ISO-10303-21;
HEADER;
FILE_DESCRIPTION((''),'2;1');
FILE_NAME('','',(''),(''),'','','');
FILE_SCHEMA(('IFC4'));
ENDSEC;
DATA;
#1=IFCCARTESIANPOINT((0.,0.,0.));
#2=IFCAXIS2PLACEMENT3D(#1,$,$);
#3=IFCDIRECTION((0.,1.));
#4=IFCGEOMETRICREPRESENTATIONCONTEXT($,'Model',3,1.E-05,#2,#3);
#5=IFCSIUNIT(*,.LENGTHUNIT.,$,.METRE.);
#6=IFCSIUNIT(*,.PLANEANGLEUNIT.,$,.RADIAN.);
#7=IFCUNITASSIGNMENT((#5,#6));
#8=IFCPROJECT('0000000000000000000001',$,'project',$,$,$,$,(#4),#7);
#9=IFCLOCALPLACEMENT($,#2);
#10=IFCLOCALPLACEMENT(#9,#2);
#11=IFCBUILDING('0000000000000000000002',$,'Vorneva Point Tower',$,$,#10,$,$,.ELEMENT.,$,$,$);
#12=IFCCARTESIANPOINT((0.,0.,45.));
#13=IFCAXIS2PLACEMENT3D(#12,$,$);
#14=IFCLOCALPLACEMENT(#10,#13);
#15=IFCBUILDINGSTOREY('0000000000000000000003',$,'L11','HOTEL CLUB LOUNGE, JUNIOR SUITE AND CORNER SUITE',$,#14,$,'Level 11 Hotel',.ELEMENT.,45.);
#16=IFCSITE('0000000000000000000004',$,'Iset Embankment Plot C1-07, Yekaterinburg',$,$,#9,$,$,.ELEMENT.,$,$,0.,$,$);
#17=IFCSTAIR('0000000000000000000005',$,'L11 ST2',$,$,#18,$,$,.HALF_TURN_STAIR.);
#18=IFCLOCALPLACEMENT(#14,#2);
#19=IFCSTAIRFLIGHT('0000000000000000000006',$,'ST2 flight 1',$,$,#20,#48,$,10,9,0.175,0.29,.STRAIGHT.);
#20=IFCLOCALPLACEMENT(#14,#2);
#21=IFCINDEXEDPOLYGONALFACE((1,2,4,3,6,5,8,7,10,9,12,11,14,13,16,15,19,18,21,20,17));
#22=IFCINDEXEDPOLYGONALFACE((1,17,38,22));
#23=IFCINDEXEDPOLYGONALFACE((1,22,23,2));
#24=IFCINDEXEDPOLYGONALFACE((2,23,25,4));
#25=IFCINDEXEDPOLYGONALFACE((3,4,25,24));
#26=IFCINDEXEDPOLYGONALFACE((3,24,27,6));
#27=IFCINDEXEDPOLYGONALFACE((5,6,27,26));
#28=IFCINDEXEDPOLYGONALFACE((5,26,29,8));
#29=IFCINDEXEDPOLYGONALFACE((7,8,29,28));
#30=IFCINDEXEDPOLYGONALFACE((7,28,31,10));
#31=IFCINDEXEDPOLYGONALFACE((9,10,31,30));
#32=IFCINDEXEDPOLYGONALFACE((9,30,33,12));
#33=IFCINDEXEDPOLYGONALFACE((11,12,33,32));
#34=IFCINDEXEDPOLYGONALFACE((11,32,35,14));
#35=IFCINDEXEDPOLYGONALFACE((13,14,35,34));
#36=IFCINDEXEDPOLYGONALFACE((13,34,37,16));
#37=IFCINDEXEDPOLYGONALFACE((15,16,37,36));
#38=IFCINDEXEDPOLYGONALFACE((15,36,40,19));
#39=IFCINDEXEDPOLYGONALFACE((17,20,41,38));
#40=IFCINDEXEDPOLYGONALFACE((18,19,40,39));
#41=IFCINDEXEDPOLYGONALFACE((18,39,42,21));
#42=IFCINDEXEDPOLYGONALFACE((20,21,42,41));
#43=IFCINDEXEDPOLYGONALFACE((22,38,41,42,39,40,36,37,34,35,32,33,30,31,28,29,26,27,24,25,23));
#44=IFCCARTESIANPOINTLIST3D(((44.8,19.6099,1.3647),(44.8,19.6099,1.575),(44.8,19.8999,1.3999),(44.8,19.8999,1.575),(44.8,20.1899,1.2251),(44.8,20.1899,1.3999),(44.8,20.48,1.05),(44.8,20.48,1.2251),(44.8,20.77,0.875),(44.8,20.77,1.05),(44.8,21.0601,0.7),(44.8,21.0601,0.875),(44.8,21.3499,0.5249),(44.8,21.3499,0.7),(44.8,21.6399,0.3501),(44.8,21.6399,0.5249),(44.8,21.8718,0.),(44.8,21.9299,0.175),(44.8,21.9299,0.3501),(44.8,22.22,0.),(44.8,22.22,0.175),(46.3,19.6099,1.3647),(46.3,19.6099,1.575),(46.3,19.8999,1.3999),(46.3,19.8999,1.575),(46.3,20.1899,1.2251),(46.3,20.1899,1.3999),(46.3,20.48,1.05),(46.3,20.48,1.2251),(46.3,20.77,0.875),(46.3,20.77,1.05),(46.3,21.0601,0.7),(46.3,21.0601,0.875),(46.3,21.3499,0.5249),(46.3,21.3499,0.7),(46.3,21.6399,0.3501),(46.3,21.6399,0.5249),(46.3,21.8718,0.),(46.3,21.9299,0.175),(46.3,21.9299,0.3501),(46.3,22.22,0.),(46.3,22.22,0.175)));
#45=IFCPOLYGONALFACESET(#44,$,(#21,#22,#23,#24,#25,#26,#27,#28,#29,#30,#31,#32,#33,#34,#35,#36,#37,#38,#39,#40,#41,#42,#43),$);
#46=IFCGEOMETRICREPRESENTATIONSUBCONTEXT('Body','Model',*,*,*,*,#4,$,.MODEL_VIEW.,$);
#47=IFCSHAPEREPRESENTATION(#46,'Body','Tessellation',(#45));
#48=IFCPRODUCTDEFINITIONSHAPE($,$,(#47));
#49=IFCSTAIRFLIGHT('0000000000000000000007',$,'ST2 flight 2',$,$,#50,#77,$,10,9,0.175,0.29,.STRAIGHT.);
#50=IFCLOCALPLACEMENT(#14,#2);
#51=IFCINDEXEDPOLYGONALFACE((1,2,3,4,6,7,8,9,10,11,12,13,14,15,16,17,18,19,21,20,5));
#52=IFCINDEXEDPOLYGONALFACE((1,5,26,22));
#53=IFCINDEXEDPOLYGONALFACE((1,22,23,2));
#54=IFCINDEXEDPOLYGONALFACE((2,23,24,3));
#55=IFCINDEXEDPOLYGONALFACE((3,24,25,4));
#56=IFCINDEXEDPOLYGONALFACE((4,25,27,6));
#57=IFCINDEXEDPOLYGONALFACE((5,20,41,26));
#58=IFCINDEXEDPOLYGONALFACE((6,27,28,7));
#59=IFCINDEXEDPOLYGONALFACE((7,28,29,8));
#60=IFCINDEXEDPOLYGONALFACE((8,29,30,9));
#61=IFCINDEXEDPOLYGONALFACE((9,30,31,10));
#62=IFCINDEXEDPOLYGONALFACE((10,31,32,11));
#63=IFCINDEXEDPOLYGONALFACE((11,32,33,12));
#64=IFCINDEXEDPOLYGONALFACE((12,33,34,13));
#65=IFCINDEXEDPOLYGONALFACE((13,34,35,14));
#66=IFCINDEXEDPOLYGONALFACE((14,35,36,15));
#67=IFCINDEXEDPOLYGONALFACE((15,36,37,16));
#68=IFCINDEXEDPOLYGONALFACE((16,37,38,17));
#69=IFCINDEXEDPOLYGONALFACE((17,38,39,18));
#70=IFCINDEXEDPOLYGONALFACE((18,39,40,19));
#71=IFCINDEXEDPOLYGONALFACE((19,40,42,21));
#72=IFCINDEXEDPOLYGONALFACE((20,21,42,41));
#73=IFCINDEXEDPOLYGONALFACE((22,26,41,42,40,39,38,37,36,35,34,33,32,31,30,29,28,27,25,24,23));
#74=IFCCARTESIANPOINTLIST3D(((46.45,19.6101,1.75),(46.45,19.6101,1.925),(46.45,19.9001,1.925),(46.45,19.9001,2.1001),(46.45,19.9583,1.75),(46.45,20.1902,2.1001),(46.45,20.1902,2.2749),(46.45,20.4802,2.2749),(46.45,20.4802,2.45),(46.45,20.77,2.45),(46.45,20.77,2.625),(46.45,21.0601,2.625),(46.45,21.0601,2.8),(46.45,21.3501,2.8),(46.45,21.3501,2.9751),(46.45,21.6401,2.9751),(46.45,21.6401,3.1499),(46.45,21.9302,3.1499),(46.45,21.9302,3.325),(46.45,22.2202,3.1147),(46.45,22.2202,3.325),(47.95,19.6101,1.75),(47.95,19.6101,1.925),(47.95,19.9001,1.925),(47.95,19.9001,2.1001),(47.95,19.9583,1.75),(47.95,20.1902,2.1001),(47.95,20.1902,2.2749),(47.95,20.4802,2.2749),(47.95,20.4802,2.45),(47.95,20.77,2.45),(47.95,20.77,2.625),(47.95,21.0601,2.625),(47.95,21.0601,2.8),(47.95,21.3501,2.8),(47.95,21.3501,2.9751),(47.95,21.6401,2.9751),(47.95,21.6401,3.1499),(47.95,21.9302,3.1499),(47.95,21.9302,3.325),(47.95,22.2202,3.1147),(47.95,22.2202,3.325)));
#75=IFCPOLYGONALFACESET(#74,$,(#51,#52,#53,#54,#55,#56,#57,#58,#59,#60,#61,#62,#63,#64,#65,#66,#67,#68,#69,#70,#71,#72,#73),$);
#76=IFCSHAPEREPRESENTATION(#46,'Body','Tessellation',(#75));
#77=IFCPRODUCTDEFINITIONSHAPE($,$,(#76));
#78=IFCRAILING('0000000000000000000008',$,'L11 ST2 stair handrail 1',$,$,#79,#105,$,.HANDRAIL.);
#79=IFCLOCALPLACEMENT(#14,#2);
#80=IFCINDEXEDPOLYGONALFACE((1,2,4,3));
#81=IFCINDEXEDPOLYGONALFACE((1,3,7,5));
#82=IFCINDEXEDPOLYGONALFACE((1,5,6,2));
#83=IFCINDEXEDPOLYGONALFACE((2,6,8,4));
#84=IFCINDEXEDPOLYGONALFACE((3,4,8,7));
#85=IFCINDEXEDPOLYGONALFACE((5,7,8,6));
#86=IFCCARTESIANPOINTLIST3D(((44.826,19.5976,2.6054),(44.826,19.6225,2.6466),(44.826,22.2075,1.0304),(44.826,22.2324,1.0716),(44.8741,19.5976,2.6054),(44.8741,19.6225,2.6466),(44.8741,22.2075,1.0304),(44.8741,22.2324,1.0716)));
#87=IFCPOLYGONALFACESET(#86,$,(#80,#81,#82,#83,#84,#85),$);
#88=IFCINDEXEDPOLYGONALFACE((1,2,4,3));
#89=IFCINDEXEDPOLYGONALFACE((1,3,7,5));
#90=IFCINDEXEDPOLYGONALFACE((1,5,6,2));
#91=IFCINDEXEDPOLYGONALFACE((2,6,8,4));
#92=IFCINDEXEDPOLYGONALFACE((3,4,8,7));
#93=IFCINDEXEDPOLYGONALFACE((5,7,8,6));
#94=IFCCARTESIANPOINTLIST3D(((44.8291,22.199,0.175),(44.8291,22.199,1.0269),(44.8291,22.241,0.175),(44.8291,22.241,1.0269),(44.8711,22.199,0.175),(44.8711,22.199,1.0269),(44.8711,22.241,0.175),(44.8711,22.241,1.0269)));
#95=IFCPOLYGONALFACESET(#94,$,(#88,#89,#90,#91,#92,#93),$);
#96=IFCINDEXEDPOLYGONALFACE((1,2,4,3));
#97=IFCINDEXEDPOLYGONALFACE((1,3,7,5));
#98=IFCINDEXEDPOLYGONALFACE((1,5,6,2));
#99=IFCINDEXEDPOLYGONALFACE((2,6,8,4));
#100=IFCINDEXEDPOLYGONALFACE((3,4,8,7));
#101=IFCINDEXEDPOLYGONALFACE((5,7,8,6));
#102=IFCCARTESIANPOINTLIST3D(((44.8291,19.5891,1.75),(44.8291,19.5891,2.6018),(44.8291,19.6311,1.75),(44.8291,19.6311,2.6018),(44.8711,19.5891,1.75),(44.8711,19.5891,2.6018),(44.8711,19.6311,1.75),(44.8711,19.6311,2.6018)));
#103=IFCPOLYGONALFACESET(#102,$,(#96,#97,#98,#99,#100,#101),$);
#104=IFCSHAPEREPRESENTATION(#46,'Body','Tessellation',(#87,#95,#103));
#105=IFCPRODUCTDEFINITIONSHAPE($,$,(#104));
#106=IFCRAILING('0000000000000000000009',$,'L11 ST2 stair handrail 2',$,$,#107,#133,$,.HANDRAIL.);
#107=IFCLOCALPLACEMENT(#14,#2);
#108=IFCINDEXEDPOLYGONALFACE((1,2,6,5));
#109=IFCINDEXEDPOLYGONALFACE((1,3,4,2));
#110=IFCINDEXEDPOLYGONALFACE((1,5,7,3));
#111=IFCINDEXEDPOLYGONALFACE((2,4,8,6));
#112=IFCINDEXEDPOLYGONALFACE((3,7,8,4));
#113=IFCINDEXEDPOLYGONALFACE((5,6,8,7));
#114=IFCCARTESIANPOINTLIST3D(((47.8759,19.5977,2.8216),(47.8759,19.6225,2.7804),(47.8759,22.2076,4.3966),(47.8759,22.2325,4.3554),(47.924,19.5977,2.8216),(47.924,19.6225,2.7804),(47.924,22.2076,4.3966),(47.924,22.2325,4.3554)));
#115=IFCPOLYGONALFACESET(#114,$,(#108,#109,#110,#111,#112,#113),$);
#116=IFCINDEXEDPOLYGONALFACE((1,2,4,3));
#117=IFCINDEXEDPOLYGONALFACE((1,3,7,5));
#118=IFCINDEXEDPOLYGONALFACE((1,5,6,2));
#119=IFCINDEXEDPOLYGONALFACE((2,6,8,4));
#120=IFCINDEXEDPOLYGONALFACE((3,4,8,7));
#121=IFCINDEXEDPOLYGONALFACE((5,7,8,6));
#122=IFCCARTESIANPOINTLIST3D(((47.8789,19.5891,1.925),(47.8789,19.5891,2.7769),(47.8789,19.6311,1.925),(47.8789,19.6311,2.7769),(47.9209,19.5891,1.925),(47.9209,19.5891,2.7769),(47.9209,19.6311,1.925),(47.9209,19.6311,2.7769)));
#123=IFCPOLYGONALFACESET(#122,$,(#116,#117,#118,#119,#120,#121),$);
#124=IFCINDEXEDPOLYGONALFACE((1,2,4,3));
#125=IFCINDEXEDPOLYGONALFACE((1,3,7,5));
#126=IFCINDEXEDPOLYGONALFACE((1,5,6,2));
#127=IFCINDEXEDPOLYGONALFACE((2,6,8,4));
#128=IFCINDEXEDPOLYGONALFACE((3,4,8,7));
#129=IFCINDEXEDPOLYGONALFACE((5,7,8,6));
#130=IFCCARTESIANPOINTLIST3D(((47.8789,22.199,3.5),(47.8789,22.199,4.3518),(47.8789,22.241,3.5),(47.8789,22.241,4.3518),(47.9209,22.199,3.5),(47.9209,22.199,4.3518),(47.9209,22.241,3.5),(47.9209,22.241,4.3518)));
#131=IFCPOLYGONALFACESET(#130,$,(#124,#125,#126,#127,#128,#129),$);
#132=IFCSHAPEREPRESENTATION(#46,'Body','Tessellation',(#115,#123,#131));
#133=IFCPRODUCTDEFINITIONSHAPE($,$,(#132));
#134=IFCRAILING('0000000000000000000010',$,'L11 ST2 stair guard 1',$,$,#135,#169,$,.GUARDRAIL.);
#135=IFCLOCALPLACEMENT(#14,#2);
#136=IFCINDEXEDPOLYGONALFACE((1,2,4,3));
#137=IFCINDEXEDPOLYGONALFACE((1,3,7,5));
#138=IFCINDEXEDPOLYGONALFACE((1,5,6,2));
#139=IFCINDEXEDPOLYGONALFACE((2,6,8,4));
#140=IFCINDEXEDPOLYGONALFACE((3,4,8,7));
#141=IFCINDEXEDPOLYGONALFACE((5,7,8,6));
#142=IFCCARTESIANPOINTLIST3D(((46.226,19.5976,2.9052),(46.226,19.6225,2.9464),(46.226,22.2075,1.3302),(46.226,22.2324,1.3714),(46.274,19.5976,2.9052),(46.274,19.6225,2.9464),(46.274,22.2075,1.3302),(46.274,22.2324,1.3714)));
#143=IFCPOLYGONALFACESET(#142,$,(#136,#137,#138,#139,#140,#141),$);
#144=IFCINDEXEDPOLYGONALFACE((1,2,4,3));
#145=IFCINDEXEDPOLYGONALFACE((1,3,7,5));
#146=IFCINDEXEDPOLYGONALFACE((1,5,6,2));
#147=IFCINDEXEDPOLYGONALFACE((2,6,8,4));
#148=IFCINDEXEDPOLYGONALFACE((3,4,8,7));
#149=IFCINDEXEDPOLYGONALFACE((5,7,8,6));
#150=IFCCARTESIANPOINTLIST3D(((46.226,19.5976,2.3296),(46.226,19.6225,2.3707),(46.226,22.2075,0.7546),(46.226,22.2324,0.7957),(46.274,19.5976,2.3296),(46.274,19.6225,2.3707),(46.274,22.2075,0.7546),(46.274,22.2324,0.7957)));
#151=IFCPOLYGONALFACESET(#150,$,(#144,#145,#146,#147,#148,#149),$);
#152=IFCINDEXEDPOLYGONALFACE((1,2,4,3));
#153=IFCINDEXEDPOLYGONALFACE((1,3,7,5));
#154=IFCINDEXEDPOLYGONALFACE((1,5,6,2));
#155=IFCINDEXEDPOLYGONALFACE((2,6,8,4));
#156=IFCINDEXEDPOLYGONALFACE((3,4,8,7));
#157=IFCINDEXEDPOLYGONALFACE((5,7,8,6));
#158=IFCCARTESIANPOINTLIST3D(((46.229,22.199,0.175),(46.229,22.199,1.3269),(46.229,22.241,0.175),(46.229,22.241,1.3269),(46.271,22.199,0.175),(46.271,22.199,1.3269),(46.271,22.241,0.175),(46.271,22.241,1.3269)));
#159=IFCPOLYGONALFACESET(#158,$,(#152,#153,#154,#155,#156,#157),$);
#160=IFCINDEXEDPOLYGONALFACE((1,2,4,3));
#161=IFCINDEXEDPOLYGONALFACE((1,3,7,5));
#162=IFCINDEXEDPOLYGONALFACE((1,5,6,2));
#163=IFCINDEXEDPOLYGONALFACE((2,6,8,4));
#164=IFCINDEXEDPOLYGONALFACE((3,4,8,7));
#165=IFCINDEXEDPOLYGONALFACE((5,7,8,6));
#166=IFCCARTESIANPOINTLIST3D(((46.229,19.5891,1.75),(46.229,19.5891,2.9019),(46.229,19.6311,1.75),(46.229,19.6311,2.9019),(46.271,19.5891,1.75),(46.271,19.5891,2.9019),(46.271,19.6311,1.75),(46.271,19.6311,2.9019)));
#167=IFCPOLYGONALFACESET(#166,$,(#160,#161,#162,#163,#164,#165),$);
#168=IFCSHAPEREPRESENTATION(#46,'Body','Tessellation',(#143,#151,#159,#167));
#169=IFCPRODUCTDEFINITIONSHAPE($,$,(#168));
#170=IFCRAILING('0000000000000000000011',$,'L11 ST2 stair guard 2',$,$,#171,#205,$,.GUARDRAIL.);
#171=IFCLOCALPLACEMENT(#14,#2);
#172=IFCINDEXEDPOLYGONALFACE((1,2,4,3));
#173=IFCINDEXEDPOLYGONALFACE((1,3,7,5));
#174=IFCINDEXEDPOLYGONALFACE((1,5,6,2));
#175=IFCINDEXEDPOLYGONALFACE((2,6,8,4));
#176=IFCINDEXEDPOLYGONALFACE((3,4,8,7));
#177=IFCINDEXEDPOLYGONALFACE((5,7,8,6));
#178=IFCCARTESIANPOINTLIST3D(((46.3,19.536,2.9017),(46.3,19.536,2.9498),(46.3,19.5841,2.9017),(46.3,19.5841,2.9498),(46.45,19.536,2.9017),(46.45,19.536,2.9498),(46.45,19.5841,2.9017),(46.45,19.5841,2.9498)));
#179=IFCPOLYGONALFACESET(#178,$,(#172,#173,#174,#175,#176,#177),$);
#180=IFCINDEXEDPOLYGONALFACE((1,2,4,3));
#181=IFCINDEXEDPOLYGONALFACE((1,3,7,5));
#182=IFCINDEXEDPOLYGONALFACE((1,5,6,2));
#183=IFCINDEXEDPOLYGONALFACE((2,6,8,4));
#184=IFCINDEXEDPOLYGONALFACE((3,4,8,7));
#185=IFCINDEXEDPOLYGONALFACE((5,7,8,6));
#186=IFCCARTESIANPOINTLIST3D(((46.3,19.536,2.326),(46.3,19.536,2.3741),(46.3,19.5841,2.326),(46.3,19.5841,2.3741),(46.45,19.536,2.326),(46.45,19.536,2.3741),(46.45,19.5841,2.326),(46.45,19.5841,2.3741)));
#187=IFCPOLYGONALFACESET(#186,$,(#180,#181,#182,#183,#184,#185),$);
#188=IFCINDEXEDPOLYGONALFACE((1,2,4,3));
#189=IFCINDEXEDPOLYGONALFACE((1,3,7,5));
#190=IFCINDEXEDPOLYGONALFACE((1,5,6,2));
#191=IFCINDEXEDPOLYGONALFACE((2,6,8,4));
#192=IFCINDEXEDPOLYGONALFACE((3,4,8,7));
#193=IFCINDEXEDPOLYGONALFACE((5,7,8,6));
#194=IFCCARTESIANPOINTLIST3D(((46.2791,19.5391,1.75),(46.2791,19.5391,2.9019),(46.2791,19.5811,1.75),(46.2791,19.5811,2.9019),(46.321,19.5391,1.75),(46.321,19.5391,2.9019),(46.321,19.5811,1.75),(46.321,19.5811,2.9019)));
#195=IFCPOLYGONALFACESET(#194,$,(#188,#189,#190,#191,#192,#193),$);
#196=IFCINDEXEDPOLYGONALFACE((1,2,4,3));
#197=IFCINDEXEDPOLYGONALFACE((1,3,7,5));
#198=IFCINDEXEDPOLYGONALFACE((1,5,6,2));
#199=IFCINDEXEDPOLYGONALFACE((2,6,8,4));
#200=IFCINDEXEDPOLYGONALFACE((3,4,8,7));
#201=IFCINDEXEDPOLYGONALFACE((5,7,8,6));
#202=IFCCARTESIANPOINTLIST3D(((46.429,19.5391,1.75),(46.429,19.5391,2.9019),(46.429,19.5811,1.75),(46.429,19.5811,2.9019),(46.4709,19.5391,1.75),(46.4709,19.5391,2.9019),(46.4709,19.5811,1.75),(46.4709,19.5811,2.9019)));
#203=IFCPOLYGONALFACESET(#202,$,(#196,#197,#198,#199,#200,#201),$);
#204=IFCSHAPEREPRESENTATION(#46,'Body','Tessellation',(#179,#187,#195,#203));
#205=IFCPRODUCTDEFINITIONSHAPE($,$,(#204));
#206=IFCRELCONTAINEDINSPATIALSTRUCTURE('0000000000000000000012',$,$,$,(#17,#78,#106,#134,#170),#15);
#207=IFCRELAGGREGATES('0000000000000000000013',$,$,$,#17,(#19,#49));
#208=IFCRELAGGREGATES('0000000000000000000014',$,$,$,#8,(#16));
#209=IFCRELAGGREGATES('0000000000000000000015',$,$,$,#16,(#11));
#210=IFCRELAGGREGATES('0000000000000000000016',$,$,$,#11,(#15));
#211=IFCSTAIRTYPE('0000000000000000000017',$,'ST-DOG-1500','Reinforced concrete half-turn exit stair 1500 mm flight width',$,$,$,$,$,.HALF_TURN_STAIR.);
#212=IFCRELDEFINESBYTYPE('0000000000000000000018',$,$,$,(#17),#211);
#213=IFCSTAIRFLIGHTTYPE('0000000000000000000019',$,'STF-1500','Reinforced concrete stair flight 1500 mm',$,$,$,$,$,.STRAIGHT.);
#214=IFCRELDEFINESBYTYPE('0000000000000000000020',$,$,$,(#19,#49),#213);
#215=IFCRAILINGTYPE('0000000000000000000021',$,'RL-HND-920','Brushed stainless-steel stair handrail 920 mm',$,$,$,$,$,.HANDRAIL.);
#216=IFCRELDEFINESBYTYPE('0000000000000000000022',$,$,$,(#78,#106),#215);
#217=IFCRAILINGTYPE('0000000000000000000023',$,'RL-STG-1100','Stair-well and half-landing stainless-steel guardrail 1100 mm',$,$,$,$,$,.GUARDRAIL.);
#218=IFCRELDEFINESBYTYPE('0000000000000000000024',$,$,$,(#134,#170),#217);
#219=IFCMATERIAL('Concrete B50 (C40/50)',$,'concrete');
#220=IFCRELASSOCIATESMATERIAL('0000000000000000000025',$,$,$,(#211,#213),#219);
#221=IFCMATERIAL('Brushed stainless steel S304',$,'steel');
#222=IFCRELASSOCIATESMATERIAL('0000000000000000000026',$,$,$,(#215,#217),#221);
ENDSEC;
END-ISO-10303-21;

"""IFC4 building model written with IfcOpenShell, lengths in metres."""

from ifc_helpers import new_model, si_unit, direction, frame, origin, origin_2d, place, context, subcontext, project, spatial, polyline, rectangle, outline, extrude, material, type_object, element, aggregate, save


model = new_model("IFC4")

# Units and contexts
model_context = context("Model", 3, precision=1e-05, world=origin(), true_north=direction((0.0, 1.0)))
body_context = subcontext(model_context, "Body", "Model", "MODEL_VIEW")
ifc_project = project(units=[si_unit("LENGTHUNIT", "METRE"), si_unit("PLANEANGLEUNIT", "RADIAN")], contexts=[model_context])

# Site, building, storey
site_placement = place(None, origin())
site = spatial("IfcSite", under=ifc_project, at=site_placement, Name="Iset Embankment Plot C1-07, Yekaterinburg", CompositionType="ELEMENT", RefElevation=0.0)
building_placement = place(site_placement, origin())
building = spatial("IfcBuilding", under=site, at=building_placement, Name="Vorneva Point Tower", CompositionType="ELEMENT")
storey_placement = place(building_placement, frame((0.0, 0.0, 45.0)))
storey = spatial("IfcBuildingStorey", under=building, at=storey_placement, Name="L11", Description="HOTEL CLUB LOUNGE, JUNIOR SUITE AND CORNER SUITE", LongName="Level 11 Hotel", CompositionType="ELEMENT", Elevation=45.0)

# Shared definitions
ifc_material_1 = material(Name="Concrete B50 (C40/50)", Category="concrete")

# Stair, stair flights
stair_type = type_object("IfcStairType", Name="ST-DOG-1500", Description="Reinforced concrete half-turn exit stair 1500 mm flight width", PredefinedType="HALF_TURN_STAIR", material=ifc_material_1)
stair_placement = place(storey_placement, origin())
stair = element("IfcStair", 1, at=stair_placement, inside=storey, type_object=stair_type, Name="L11 ST2", PredefinedType="HALF_TURN_STAIR")
stair_flight_type = type_object("IfcStairFlightType", Name="STF-1500", Description="Reinforced concrete stair flight 1500 mm", PredefinedType="STRAIGHT", material=ifc_material_1)
stair_flight_1_placement = place(storey_placement, frame((45.55, 22.22, 0.0), z_axis=(0.0, 0.0, 1.0), x_axis=(0.0, -1.0, 0.0)))
stair_flight_1 = element("IfcStairFlight", 2, at=stair_flight_1_placement, type_object=stair_flight_type, Name="ST2 flight 1", NumberOfRisers=10, NumberOfTreads=9, PredefinedType="STRAIGHT", RiserHeight=0.175, TreadLength=0.29, context=body_context, shape_type="SweptSolid", body=[
    extrude(outline(polyline([(0.0, 0.0), (0.0, 0.175), (0.29, 0.175), (0.29, 0.3501), (0.5801, 0.3501), (0.5801, 0.5249), (0.8701, 0.5249), (0.8701, 0.7), (1.1599, 0.7), (1.1599, 0.875), (1.45, 0.875), (1.45, 1.05), (1.74, 1.05), (1.74, 1.2251), (2.03, 1.2251), (2.03, 1.3999), (2.3201, 1.3999), (2.3201, 1.575), (2.6101, 1.575), (2.6101, 1.75), (2.6101, 1.3647), (0.3481, 0.0), (0.0, 0.0)])), frame((0.0, 0.75, 0.0), z_axis=(0.0, -1.0, 0.0), x_axis=(1.0, 0.0, 0.0)), (0.0, 0.0, 1.0), 1.5),
])
stair_flight_2_placement = place(storey_placement, frame((47.2, 19.6101, 1.75), z_axis=(0.0, 0.0, 1.0), x_axis=(0.0, 1.0, 0.0)))
stair_flight_2 = element("IfcStairFlight", 3, at=stair_flight_2_placement, type_object=stair_flight_type, Name="ST2 flight 2", NumberOfRisers=10, NumberOfTreads=9, PredefinedType="STRAIGHT", RiserHeight=0.175, TreadLength=0.29, context=body_context, shape_type="SweptSolid", body=[
    extrude(outline(polyline([(0.0, 0.0), (0.0, 0.175), (0.29, 0.175), (0.29, 0.3501), (0.5801, 0.3501), (0.5801, 0.5249), (0.8701, 0.5249), (0.8701, 0.7), (1.1599, 0.7), (1.1599, 0.875), (1.45, 0.875), (1.45, 1.05), (1.74, 1.05), (1.74, 1.2251), (2.03, 1.2251), (2.03, 1.3999), (2.3201, 1.3999), (2.3201, 1.575), (2.6101, 1.575), (2.6101, 1.75), (2.6101, 1.3647), (0.3481, 0.0), (0.0, 0.0)])), frame((0.0, 0.75, 0.0), z_axis=(0.0, -1.0, 0.0), x_axis=(1.0, 0.0, 0.0)), (0.0, 0.0, 1.0), 1.5),
])
aggregate(stair, [stair_flight_1, stair_flight_2])

# Railings
ifc_material_2 = material(Name="Brushed stainless steel S304", Category="steel")
railing_type_1 = type_object("IfcRailingType", Name="RL-HND-920", Description="Brushed stainless-steel stair handrail 920 mm", PredefinedType="HANDRAIL", material=ifc_material_2)
railing_1_placement = place(storey_placement, frame((44.8501, 22.22, 0.175)))
element("IfcRailing", 4, at=railing_1_placement, inside=storey, type_object=railing_type_1, Name="L11 ST2 stair handrail 1", PredefinedType="HANDRAIL", context=body_context, shape_type="SweptSolid", body=[
    extrude(rectangle(XDim=0.0481, YDim=0.0481, at=origin_2d()), frame((0.0, 0.0, 0.876), z_axis=(0.0, -0.856183, 0.516673), x_axis=(1.0, 0.0, 0.0)), (0.0, 0.0, 1.0), 3.0483),
    extrude(rectangle(XDim=0.042, YDim=0.042, at=origin_2d()), origin(), (0.0, 0.0, 1.0), 0.8518),
    extrude(rectangle(XDim=0.042, YDim=0.042, at=origin_2d()), frame((0.0, -2.6099, 1.575)), (0.0, 0.0, 1.0), 0.8518),
])
railing_2_placement = place(storey_placement, frame((47.8999, 19.6101, 1.925)))
element("IfcRailing", 5, at=railing_2_placement, inside=storey, type_object=railing_type_1, Name="L11 ST2 stair handrail 2", PredefinedType="HANDRAIL", context=body_context, shape_type="SweptSolid", body=[
    extrude(rectangle(XDim=0.0481, YDim=0.0481, at=origin_2d()), frame((0.0, 0.0, 0.876), z_axis=(0.0, 0.856183, 0.516673), x_axis=(-1.0, 0.0, 0.0)), (0.0, 0.0, 1.0), 3.0483),
    extrude(rectangle(XDim=0.042, YDim=0.042, at=origin_2d()), origin(), (0.0, 0.0, 1.0), 0.8518),
    extrude(rectangle(XDim=0.042, YDim=0.042, at=origin_2d()), frame((0.0, 2.6099, 1.575)), (0.0, 0.0, 1.0), 0.8518),
])
railing_type_2 = type_object("IfcRailingType", Name="RL-STG-1100", Description="Stair-well and half-landing stainless-steel guardrail 1100 mm", PredefinedType="GUARDRAIL", material=ifc_material_2)
railing_3_placement = place(storey_placement, frame((46.25, 22.22, 0.175)))
element("IfcRailing", 6, at=railing_3_placement, inside=storey, type_object=railing_type_2, Name="L11 ST2 stair guard 1", PredefinedType="GUARDRAIL", context=body_context, shape_type="SweptSolid", body=[
    extrude(rectangle(XDim=0.0481, YDim=0.0481, at=origin_2d()), frame((0.0, 0.0, 1.1758), z_axis=(0.0, -0.856183, 0.516673), x_axis=(1.0, 0.0, 0.0)), (0.0, 0.0, 1.0), 3.0483),
    extrude(rectangle(XDim=0.0481, YDim=0.0481, at=origin_2d()), frame((0.0, 0.0, 0.6001), z_axis=(0.0, -0.856183, 0.516673), x_axis=(1.0, 0.0, 0.0)), (0.0, 0.0, 1.0), 3.0483),
    extrude(rectangle(XDim=0.042, YDim=0.042, at=origin_2d()), origin(), (0.0, 0.0, 1.0), 1.1519),
    extrude(rectangle(XDim=0.042, YDim=0.042, at=origin_2d()), frame((0.0, -2.6099, 1.575)), (0.0, 0.0, 1.0), 1.1519),
])
railing_4_placement = place(storey_placement, frame((46.3, 19.5601, 1.75)))
element("IfcRailing", 7, at=railing_4_placement, inside=storey, type_object=railing_type_2, Name="L11 ST2 stair guard 2", PredefinedType="GUARDRAIL", context=body_context, shape_type="SweptSolid", body=[
    extrude(rectangle(XDim=0.0481, YDim=0.0481, at=origin_2d()), frame((0.0, 0.0, 1.1758), z_axis=(1.0, 0.0, 0.0), x_axis=(0.0, 1.0, 0.0)), (0.0, 0.0, 1.0), 0.1499),
    extrude(rectangle(XDim=0.0481, YDim=0.0481, at=origin_2d()), frame((0.0, 0.0, 0.6001), z_axis=(1.0, 0.0, 0.0), x_axis=(0.0, 1.0, 0.0)), (0.0, 0.0, 1.0), 0.1499),
    extrude(rectangle(XDim=0.042, YDim=0.042, at=origin_2d()), origin(), (0.0, 0.0, 1.0), 1.1519),
    extrude(rectangle(XDim=0.042, YDim=0.042, at=origin_2d()), frame((0.1499, 0.0, 0.0)), (0.0, 0.0, 1.0), 1.1519),
])

save(model, "model.ifc")
